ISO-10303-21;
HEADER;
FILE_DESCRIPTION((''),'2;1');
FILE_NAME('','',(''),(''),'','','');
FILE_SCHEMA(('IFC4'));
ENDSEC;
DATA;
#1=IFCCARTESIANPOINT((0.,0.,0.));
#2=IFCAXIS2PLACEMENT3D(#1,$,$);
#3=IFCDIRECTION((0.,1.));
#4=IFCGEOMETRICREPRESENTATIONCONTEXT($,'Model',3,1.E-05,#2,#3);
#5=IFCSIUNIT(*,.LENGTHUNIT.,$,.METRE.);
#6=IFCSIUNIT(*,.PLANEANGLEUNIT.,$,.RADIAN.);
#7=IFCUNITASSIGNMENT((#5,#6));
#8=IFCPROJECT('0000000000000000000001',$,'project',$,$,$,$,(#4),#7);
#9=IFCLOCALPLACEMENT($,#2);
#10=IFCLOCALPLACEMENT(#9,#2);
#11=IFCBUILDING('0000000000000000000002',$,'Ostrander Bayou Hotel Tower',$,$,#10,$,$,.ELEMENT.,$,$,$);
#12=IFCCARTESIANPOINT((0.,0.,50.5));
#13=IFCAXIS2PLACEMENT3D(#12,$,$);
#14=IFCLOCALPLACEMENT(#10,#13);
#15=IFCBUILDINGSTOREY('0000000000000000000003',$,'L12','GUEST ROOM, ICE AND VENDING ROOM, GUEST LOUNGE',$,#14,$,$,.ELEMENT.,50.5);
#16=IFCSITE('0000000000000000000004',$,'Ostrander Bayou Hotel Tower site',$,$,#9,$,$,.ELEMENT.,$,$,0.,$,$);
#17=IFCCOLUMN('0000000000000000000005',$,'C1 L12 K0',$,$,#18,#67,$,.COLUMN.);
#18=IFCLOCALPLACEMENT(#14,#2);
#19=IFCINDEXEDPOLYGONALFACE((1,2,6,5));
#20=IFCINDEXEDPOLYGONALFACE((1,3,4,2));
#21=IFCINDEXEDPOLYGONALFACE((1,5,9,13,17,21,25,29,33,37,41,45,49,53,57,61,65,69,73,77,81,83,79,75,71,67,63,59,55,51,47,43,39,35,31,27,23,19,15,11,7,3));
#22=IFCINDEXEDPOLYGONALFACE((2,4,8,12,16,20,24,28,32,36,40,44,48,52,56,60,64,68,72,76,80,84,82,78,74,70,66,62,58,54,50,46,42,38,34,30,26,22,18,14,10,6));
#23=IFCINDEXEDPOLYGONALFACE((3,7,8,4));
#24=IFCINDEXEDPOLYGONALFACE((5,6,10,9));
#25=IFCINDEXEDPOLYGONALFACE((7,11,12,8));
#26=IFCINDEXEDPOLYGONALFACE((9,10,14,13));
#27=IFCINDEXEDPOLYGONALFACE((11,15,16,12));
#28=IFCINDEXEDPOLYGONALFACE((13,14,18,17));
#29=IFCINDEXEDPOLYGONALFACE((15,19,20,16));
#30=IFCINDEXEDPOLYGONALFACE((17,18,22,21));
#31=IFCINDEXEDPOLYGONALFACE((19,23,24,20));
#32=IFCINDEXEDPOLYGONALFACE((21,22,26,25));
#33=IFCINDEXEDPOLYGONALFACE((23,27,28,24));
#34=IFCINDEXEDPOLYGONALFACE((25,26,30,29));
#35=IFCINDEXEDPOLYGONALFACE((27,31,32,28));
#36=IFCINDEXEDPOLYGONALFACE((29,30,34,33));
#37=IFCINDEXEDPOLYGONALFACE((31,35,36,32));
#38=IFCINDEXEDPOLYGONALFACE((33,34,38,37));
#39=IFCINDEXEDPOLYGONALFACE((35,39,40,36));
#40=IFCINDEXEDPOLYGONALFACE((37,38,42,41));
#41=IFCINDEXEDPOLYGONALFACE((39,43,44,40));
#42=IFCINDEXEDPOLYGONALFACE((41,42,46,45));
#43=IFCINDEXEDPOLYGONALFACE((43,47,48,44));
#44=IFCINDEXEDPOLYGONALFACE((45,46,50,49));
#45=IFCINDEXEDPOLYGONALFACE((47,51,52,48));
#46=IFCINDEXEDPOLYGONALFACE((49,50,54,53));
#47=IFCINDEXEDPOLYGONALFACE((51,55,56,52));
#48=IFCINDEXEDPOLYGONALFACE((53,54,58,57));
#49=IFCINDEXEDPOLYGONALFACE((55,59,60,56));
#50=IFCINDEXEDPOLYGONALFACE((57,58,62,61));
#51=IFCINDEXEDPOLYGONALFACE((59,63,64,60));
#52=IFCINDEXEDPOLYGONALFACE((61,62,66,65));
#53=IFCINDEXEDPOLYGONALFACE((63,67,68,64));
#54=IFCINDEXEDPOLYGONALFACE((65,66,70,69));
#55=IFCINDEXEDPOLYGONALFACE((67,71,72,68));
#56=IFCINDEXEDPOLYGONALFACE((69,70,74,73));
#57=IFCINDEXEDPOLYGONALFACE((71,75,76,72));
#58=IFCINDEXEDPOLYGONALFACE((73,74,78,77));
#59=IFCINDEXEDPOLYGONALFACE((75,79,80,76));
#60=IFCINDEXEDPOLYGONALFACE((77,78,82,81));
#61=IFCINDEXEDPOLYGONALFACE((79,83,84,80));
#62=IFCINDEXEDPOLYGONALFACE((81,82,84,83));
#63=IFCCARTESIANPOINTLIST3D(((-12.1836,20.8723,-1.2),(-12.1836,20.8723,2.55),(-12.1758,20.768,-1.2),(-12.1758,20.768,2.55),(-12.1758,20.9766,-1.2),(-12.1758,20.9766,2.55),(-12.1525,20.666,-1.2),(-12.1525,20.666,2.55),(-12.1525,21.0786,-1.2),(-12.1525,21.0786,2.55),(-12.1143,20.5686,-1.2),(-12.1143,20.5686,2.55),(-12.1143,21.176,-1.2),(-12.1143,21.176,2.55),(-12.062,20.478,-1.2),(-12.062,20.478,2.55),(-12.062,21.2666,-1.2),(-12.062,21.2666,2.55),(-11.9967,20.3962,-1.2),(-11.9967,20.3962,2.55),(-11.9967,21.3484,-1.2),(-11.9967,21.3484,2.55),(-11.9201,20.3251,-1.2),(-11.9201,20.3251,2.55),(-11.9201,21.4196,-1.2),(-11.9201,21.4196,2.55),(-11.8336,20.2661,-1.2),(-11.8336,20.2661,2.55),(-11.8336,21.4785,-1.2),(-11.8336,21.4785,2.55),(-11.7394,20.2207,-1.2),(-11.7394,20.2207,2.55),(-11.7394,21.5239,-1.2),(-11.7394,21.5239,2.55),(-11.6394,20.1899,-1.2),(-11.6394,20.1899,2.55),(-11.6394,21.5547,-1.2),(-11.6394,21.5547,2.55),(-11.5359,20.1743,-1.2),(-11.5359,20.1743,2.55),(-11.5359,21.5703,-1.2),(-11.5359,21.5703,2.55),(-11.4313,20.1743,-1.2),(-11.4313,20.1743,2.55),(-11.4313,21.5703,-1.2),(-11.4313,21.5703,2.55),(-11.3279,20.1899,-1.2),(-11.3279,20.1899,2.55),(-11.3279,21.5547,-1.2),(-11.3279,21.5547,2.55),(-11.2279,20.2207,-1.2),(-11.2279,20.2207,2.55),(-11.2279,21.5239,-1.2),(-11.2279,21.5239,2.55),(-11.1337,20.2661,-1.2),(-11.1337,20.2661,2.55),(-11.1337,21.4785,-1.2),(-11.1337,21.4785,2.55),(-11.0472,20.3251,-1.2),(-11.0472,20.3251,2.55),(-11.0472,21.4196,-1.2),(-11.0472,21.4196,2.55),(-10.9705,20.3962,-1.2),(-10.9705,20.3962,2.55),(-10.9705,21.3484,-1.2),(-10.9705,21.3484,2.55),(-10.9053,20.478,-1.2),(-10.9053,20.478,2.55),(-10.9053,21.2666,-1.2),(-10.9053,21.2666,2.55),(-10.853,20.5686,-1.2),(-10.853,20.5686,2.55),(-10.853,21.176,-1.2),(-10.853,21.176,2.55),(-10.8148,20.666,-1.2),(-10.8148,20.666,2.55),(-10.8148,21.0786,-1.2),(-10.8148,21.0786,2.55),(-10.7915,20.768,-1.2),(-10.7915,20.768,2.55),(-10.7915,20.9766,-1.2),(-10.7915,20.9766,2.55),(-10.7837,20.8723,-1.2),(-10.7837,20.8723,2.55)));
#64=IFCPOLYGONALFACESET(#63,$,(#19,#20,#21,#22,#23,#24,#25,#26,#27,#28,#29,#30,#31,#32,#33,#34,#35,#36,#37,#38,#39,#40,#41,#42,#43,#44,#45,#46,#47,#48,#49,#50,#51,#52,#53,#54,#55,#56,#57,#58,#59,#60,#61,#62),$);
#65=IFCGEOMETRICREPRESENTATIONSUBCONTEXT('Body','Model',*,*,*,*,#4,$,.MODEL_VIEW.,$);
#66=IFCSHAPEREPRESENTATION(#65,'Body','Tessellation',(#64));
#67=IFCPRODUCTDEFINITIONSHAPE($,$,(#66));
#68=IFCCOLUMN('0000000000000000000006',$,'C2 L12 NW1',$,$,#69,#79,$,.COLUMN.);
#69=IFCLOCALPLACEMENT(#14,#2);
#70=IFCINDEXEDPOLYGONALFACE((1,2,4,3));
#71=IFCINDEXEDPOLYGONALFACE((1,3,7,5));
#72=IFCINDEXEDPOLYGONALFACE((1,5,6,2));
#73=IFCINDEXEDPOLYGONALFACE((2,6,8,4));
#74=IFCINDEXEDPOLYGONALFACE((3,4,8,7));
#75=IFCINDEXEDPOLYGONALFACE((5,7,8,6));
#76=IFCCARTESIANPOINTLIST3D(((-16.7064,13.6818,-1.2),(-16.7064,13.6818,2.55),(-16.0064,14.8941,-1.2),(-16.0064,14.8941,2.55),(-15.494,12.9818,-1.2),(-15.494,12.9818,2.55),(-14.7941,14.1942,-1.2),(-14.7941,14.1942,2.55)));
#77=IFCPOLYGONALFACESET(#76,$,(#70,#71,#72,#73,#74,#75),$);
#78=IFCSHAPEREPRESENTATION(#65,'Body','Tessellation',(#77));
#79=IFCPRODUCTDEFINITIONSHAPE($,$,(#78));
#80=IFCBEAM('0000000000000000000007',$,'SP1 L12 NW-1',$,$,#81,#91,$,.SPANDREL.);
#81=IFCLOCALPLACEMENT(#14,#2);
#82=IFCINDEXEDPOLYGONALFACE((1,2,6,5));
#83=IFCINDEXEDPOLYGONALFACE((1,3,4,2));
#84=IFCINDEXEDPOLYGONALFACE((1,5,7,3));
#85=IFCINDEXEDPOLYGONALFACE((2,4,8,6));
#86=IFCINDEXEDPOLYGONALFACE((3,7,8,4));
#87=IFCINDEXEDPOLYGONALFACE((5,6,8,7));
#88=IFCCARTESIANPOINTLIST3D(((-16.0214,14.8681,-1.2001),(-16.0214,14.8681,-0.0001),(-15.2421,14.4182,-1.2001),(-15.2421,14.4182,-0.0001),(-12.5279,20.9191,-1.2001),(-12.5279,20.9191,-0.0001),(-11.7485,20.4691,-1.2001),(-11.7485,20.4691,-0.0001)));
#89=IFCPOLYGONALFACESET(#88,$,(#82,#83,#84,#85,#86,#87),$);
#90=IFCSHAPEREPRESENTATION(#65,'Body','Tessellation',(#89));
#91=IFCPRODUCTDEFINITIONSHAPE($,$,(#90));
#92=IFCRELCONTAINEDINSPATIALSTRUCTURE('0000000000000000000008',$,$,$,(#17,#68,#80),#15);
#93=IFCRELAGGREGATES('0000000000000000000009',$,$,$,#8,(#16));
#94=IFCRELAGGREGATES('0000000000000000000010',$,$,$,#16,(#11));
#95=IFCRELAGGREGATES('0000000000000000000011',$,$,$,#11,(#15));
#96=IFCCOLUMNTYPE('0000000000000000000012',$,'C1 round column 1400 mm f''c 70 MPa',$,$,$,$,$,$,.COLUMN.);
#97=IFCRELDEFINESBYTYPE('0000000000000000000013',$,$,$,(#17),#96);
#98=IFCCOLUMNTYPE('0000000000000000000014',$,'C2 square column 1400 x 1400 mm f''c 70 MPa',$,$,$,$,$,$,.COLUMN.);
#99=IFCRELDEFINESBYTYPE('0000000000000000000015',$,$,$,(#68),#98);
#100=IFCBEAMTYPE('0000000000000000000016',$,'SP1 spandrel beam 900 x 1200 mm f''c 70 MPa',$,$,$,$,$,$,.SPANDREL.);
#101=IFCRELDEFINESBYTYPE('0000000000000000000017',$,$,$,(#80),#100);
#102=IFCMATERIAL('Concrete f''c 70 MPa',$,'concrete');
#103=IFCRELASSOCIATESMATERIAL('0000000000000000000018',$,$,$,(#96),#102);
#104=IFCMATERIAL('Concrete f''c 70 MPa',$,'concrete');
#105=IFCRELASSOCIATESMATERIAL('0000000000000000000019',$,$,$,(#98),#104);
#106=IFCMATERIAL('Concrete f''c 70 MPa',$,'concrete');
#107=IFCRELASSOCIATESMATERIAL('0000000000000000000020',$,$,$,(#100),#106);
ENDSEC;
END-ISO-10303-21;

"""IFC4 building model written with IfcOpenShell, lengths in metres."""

from ifc_helpers import new_model, si_unit, direction, frame, origin, origin_2d, place, context, subcontext, project, spatial, rectangle, circle, extrude, material, material_profile, profile_set, type_object, element, save


model = new_model("IFC4")

# Units and contexts
model_context = context("Model", 3, precision=1e-05, world=origin(), true_north=direction((0.0, 1.0)))
body_context = subcontext(model_context, "Body", "Model", "MODEL_VIEW")
ifc_project = project(units=[si_unit("LENGTHUNIT", "METRE"), si_unit("PLANEANGLEUNIT", "RADIAN")], contexts=[model_context])

# Site, building, storey
site_placement = place(None, origin())
site = spatial("IfcSite", under=ifc_project, at=site_placement, Name="Ostrander Bayou Hotel Tower site", CompositionType="ELEMENT", RefElevation=0.0)
building_placement = place(site_placement, origin())
building = spatial("IfcBuilding", under=site, at=building_placement, Name="Ostrander Bayou Hotel Tower", CompositionType="ELEMENT")
storey_placement = place(building_placement, frame((0.0, 0.0, 50.5)))
storey = spatial("IfcBuildingStorey", under=building, at=storey_placement, Name="L12", Description="GUEST ROOM, ICE AND VENDING ROOM, GUEST LOUNGE", CompositionType="ELEMENT", Elevation=50.5)

# Columns
ifc_material_1 = material(Name="Concrete f'c 70 MPa", Category="concrete")
ifc_material_profile_1 = material_profile(ifc_material_1, circle(Radius=0.7, at=origin_2d()))
ifc_profile_set_1 = profile_set([ifc_material_profile_1], Name="Concrete f'c 70 MPa")
column_type_1 = type_object("IfcColumnType", Name="C1 round column 1400 mm f'c 70 MPa", PredefinedType="COLUMN", material=ifc_profile_set_1)
column_1_placement = place(storey_placement, frame((-11.4836, 20.8723, -1.2), z_axis=(0.0, 0.0, 1.0), x_axis=(1.0, 0.0, 0.0)))
element("IfcColumn", 1, at=column_1_placement, inside=storey, type_object=column_type_1, Name="C1 L12 K0", PredefinedType="COLUMN", context=body_context, shape_type="SweptSolid", body=[
    extrude(circle(Radius=0.7, at=origin_2d()), origin(), (0.0, 0.0, 1.0), 3.75),
])
ifc_material_2 = material(Name="Concrete f'c 70 MPa", Category="concrete")
ifc_material_profile_2 = material_profile(ifc_material_2, rectangle(XDim=1.3999, YDim=1.3999, at=origin_2d()))
ifc_profile_set_2 = profile_set([ifc_material_profile_2], Name="Concrete f'c 70 MPa")
column_type_2 = type_object("IfcColumnType", Name="C2 square column 1400 x 1400 mm f'c 70 MPa", PredefinedType="COLUMN", material=ifc_profile_set_2)
column_2_placement = place(storey_placement, frame((-15.7502, 13.938, -1.2), z_axis=(0.0, 0.0, 1.0), x_axis=(0.5, 0.866025, 0.0)))
element("IfcColumn", 2, at=column_2_placement, inside=storey, type_object=column_type_2, Name="C2 L12 NW1", PredefinedType="COLUMN", context=body_context, shape_type="SweptSolid", body=[
    extrude(rectangle(XDim=1.3999, YDim=1.3999, at=origin_2d()), origin(), (0.0, 0.0, 1.0), 3.75),
])

# Beam
ifc_material_3 = material(Name="Concrete f'c 70 MPa", Category="concrete")
ifc_material_profile_3 = material_profile(ifc_material_3, rectangle(XDim=0.8999, YDim=1.2, at=origin_2d()))
ifc_profile_set_3 = profile_set([ifc_material_profile_3], Name="Concrete f'c 70 MPa")
beam_type = type_object("IfcBeamType", Name="SP1 spandrel beam 900 x 1200 mm f'c 70 MPa", PredefinedType="SPANDREL", material=ifc_profile_set_3)
beam_placement = place(storey_placement, frame((-12.1382, 20.6941, -0.6001), z_axis=(-0.50001, -0.86602, 0.0), x_axis=(0.86602, -0.50001, 0.0)))
element("IfcBeam", 3, at=beam_placement, inside=storey, type_object=beam_type, Name="SP1 L12 NW-1", PredefinedType="SPANDREL", context=body_context, shape_type="SweptSolid", body=[
    extrude(rectangle(XDim=0.8999, YDim=1.2, at=origin_2d()), origin(), (0.0, 0.0, 1.0), 6.9871),
])

save(model, "model.ifc")
